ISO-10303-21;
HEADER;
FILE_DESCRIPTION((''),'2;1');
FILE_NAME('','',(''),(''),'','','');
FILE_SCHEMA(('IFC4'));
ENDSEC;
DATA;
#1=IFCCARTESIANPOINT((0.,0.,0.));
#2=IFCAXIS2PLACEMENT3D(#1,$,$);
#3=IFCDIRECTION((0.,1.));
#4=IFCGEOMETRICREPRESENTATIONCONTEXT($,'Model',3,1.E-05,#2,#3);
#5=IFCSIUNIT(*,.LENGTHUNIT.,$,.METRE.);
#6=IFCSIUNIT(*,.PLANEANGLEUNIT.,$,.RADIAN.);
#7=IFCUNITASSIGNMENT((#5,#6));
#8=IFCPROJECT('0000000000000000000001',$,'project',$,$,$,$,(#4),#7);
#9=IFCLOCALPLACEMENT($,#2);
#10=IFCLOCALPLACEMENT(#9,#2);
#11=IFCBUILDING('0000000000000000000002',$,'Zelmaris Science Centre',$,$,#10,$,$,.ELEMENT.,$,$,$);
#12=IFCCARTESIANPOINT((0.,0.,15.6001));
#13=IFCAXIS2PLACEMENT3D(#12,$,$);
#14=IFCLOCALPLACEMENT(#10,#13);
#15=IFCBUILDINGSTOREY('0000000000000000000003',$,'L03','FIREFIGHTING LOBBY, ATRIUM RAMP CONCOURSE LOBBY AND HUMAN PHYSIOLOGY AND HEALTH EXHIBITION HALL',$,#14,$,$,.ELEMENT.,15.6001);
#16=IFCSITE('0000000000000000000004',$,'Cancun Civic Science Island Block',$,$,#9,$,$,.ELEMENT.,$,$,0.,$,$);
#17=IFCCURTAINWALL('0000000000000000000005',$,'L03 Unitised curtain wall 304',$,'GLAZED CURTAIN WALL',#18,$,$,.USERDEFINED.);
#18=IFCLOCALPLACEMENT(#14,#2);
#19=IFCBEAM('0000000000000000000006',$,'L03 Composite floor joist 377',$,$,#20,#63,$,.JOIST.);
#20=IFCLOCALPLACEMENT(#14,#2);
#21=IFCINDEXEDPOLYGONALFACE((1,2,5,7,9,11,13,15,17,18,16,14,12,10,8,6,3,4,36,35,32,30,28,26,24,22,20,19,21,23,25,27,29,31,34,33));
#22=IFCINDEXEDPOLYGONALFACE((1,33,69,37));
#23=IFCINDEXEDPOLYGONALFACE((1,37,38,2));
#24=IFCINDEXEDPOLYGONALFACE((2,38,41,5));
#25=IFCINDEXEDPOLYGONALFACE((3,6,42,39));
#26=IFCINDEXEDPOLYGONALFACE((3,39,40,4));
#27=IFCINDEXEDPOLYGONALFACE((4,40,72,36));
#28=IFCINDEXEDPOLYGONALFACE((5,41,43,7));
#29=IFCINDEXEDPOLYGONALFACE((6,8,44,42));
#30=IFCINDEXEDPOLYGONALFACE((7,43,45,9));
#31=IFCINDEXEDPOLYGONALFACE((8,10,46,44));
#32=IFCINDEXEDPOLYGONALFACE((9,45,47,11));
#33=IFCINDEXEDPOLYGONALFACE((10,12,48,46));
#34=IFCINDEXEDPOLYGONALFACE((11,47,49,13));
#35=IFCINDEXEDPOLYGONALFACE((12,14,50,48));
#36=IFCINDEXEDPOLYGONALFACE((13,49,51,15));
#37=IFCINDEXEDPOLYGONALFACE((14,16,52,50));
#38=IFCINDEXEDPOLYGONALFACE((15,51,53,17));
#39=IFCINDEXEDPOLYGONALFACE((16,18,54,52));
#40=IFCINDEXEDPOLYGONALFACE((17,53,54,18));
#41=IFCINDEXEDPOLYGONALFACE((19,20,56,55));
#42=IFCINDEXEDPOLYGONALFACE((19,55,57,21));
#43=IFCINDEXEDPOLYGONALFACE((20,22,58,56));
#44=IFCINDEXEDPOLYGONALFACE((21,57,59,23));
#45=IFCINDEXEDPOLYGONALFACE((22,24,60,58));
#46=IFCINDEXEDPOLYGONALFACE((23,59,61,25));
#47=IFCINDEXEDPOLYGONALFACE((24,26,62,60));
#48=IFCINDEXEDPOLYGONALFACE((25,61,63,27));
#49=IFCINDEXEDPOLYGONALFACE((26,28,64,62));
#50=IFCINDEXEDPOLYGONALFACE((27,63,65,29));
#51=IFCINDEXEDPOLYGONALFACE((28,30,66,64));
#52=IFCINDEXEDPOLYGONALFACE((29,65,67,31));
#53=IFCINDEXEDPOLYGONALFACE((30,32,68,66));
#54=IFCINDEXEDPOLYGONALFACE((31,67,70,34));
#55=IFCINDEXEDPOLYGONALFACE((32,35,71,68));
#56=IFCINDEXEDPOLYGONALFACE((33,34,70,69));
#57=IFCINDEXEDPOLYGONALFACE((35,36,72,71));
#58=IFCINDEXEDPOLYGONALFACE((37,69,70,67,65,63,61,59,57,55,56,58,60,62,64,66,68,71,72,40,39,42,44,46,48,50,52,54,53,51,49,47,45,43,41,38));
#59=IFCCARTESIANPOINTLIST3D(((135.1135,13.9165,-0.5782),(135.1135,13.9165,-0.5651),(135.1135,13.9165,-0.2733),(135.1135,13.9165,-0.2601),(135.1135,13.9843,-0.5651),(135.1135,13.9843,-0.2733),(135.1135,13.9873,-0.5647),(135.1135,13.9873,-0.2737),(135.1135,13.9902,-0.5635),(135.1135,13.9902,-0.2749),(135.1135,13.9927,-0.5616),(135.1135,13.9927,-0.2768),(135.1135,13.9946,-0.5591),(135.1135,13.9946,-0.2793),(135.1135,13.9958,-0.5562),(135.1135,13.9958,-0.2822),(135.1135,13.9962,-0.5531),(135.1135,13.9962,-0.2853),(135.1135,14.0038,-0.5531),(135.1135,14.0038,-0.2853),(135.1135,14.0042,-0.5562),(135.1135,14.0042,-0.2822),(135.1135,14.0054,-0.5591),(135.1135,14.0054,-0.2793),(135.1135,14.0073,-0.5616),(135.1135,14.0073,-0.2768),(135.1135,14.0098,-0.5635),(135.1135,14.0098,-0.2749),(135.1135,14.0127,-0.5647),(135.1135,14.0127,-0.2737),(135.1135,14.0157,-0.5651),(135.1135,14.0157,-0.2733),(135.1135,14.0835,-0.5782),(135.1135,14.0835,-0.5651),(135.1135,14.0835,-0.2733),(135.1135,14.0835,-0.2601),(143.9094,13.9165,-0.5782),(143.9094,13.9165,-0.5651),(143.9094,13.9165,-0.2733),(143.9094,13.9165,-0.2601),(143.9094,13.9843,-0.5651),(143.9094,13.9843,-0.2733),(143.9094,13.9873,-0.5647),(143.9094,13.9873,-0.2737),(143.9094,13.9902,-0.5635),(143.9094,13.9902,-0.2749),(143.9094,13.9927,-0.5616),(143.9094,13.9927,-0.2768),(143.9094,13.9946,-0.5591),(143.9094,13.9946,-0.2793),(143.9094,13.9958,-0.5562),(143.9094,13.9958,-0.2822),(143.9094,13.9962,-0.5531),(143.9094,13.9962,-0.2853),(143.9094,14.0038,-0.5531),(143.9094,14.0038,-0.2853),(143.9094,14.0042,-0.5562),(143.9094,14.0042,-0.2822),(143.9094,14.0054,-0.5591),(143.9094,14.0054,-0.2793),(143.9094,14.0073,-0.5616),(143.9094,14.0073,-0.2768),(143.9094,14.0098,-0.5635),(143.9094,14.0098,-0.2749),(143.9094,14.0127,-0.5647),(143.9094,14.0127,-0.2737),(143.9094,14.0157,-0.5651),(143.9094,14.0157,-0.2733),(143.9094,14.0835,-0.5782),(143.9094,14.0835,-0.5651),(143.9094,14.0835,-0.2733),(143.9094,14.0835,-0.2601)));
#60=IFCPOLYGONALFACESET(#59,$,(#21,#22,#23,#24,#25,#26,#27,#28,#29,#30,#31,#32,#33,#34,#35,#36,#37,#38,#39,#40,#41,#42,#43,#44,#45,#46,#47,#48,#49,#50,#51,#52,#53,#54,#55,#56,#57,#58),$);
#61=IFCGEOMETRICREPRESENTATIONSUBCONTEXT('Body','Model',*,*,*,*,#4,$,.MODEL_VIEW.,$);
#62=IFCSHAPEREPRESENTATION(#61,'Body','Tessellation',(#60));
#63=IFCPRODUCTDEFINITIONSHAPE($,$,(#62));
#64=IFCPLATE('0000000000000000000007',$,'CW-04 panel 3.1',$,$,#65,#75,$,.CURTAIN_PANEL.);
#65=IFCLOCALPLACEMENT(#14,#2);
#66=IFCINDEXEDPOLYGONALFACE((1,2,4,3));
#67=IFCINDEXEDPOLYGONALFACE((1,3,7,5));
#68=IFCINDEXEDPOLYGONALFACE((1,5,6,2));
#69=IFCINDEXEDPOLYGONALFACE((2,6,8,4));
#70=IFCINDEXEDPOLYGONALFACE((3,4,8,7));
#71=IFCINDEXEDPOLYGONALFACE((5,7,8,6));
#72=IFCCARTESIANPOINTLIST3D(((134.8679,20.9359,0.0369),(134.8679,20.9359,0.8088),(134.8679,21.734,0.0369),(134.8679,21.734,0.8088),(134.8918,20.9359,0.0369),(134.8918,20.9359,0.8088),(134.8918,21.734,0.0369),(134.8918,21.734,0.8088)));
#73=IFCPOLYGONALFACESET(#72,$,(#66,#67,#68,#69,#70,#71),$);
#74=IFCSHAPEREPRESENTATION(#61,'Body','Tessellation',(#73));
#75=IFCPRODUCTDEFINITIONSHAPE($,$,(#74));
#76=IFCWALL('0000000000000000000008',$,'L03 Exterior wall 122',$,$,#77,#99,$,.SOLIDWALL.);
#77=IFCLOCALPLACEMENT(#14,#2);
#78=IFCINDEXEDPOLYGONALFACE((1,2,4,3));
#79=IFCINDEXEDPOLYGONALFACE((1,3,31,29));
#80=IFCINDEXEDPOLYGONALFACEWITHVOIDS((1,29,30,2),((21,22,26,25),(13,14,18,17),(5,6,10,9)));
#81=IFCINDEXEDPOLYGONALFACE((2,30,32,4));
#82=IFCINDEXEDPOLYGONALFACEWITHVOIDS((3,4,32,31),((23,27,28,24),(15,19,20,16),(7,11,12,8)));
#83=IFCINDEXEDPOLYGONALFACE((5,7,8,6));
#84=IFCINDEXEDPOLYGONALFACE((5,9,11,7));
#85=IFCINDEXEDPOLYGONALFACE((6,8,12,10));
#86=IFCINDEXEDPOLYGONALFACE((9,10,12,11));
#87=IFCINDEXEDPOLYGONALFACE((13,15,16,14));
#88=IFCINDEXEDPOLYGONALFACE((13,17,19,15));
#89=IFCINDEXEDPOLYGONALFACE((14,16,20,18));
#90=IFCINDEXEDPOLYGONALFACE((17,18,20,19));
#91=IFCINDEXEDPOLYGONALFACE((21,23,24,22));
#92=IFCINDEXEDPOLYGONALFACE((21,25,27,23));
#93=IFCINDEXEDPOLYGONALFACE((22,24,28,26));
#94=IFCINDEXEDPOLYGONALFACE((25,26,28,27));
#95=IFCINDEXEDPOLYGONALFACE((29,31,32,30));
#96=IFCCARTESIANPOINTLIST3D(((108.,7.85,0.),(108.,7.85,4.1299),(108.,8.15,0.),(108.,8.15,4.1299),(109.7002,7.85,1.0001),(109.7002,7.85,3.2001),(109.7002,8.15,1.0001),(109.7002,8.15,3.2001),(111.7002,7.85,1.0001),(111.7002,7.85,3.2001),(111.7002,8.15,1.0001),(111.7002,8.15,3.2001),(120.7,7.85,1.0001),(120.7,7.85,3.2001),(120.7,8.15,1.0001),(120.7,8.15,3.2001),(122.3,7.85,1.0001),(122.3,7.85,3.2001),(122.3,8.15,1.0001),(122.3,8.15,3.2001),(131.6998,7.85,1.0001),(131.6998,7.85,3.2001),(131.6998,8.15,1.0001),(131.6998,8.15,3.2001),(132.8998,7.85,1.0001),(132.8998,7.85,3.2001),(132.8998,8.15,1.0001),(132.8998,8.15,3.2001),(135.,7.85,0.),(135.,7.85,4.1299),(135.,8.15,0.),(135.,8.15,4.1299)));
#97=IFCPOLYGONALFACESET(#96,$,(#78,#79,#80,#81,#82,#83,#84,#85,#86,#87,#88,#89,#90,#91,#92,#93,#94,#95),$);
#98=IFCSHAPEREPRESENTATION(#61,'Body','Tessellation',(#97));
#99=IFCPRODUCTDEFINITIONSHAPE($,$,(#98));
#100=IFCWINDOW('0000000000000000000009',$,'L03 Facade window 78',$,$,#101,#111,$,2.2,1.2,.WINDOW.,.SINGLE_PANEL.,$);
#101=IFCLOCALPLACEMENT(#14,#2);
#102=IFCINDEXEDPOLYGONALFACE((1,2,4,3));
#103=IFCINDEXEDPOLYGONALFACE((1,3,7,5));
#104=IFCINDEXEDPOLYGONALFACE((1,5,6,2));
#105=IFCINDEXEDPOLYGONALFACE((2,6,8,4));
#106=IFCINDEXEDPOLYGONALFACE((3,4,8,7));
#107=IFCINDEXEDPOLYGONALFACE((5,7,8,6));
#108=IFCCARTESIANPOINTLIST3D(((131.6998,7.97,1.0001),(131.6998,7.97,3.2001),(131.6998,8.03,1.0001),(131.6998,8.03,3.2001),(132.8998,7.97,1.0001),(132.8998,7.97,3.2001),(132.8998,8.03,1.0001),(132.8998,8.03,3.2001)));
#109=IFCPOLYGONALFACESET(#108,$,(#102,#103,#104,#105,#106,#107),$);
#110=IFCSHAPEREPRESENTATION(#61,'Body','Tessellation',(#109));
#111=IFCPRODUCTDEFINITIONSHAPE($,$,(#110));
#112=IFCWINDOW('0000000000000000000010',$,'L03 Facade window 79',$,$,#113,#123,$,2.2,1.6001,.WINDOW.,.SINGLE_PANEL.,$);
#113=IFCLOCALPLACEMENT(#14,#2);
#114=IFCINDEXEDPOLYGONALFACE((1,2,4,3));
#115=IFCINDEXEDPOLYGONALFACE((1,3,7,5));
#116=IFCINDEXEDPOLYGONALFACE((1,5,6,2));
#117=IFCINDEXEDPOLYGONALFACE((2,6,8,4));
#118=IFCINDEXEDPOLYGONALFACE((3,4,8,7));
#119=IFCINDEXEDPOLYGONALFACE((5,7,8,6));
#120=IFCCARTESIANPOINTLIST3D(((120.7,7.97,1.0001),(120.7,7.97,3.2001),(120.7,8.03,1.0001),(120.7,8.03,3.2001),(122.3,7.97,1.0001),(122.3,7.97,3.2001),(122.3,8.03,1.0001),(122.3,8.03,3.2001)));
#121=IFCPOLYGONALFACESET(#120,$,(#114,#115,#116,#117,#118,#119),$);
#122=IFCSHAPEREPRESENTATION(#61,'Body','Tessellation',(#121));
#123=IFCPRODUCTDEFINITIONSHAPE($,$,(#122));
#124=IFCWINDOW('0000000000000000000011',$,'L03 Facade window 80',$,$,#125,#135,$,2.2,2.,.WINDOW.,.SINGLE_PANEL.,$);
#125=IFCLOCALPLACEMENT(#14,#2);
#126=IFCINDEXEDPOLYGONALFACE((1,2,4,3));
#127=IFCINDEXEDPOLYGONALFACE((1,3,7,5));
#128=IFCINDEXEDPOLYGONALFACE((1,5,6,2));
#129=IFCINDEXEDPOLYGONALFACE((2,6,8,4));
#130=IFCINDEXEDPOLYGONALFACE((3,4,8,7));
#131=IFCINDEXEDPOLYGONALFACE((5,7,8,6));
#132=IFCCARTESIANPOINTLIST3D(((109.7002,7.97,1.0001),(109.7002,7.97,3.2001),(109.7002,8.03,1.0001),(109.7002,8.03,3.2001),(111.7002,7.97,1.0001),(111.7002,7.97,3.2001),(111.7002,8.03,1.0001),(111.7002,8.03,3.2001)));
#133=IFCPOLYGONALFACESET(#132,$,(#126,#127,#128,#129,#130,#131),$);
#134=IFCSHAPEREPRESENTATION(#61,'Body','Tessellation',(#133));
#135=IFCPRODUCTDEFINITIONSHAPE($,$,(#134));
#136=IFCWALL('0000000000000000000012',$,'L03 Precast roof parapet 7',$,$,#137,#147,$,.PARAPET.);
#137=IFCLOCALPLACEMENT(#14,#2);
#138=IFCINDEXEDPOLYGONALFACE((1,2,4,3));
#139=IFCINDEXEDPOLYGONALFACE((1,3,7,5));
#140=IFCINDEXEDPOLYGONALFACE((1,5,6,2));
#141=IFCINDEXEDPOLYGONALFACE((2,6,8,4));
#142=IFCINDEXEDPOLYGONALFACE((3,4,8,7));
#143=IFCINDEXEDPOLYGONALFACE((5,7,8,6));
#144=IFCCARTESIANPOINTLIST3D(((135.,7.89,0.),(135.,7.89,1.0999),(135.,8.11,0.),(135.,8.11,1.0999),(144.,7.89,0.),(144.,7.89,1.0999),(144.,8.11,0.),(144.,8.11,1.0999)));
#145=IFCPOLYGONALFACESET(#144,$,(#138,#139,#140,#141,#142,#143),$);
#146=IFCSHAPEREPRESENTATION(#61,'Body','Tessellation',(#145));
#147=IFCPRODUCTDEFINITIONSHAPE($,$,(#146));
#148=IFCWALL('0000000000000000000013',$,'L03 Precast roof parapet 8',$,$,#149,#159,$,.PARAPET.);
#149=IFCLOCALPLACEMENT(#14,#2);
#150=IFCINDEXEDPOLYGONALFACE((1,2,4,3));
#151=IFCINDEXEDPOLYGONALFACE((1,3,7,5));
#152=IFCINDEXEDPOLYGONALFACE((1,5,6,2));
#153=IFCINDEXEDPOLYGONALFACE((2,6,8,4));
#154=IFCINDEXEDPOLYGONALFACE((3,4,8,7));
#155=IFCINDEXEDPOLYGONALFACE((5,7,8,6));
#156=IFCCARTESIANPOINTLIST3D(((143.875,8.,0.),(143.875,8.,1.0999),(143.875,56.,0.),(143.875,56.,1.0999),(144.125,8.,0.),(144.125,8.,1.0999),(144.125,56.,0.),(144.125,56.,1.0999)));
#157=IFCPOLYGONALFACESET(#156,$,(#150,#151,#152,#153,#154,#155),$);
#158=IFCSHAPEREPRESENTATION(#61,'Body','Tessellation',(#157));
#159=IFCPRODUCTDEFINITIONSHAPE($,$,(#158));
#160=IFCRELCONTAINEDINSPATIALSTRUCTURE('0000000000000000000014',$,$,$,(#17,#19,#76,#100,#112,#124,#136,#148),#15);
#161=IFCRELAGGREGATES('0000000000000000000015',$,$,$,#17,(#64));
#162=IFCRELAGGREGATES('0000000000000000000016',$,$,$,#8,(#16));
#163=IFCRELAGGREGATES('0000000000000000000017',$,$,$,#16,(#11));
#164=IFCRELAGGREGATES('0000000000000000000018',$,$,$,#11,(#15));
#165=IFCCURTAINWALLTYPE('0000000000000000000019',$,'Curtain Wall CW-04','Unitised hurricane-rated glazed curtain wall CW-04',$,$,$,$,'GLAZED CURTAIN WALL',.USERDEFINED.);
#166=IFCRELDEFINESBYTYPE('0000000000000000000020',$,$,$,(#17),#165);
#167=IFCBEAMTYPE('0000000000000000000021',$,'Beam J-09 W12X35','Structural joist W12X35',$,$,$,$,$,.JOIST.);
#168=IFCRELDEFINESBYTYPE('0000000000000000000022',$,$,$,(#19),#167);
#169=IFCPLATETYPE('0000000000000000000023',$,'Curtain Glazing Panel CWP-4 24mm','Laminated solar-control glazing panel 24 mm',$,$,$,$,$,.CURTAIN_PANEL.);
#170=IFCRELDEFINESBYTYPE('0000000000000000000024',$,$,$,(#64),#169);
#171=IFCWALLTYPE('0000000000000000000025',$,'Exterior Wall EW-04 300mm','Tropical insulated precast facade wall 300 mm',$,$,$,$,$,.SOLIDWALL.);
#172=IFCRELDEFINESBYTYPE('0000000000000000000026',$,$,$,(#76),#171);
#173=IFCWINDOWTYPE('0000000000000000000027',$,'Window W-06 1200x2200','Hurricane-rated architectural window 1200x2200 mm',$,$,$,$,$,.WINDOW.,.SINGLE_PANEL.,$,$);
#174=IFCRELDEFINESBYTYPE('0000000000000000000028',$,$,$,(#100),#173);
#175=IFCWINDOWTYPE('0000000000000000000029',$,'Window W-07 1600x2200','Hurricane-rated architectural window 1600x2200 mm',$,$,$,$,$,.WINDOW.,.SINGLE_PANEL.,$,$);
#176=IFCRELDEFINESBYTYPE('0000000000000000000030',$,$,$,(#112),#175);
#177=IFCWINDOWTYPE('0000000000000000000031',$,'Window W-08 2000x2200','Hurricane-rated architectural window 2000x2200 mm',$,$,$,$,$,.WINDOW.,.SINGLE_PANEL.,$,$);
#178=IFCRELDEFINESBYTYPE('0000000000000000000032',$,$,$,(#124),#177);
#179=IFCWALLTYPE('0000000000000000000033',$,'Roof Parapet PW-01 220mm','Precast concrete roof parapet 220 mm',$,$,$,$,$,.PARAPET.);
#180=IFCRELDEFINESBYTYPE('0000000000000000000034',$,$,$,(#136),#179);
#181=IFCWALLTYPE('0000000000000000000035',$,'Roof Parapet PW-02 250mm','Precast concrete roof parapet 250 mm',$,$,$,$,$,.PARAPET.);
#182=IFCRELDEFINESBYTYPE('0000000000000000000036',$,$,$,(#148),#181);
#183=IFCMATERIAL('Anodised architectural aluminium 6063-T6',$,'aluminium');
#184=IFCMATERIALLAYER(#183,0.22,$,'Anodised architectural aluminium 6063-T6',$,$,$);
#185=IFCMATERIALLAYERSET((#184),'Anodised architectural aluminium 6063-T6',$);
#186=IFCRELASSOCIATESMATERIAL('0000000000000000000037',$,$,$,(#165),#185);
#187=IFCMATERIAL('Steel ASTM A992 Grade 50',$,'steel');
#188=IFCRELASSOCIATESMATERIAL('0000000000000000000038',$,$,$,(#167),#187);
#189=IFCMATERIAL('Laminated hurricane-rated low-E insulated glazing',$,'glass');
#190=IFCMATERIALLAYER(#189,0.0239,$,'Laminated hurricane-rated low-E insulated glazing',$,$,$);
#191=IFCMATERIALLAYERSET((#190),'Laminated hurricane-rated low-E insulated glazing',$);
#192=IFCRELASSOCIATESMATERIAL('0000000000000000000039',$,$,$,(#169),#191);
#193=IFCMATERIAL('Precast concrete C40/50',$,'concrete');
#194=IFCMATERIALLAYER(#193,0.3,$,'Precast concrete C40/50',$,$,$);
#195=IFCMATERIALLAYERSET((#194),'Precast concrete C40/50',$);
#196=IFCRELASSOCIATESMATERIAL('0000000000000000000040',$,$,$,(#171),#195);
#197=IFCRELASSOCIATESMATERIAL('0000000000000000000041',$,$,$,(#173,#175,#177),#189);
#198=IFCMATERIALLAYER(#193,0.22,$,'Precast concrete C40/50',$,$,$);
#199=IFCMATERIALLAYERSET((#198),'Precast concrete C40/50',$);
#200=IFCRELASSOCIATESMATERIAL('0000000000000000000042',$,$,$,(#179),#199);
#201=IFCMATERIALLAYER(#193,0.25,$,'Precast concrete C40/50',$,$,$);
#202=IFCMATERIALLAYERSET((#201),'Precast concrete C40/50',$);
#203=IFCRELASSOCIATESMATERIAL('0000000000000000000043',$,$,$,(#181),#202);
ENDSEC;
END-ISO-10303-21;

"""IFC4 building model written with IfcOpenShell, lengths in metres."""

from ifc_helpers import new_model, si_unit, direction, frame, frame_2d, origin, origin_2d, place, context, subcontext, project, spatial, rectangle, i_section, extrude, material, layer, layer_set, material_profile, profile_set, type_object, element, fill, aggregate, save


model = new_model("IFC4")

# Units and contexts
model_context = context("Model", 3, precision=1e-05, world=origin(), true_north=direction((0.0, 1.0)))
body_context = subcontext(model_context, "Body", "Model", "MODEL_VIEW")
ifc_project = project(units=[si_unit("LENGTHUNIT", "METRE"), si_unit("PLANEANGLEUNIT", "RADIAN")], contexts=[model_context])

# Site, building, storey
site_placement = place(None, origin())
site = spatial("IfcSite", under=ifc_project, at=site_placement, Name="Cancun Civic Science Island Block", CompositionType="ELEMENT", RefElevation=0.0)
building_placement = place(site_placement, origin())
building = spatial("IfcBuilding", under=site, at=building_placement, Name="Zelmaris Science Centre", CompositionType="ELEMENT")
storey_placement = place(building_placement, frame((0.0, 0.0, 15.6001)))
storey = spatial("IfcBuildingStorey", under=building, at=storey_placement, Name="L03", Description="FIREFIGHTING LOBBY, ATRIUM RAMP CONCOURSE LOBBY AND HUMAN PHYSIOLOGY AND HEALTH EXHIBITION HALL", CompositionType="ELEMENT", Elevation=15.6001)

# Shared definitions
ifc_material_1 = material(Name="Steel ASTM A992 Grade 50", Category="steel")

# Curtain wall
ifc_material_2 = material(Name="Anodised architectural aluminium 6063-T6", Category="aluminium")
ifc_layer_1 = layer(ifc_material_2, 0.22, Name="Anodised architectural aluminium 6063-T6")
ifc_layer_set_1 = layer_set([ifc_layer_1], Name="Anodised architectural aluminium 6063-T6")
curtain_wall_type = type_object("IfcCurtainWallType", Name="Curtain Wall CW-04", Description="Unitised hurricane-rated glazed curtain wall CW-04", ElementType="GLAZED CURTAIN WALL", PredefinedType="USERDEFINED", material=ifc_layer_set_1)
curtain_wall_placement = place(storey_placement, origin())
curtain_wall = element("IfcCurtainWall", 1, at=curtain_wall_placement, inside=storey, type_object=curtain_wall_type, Name="L03 Unitised curtain wall 304", ObjectType="GLAZED CURTAIN WALL", PredefinedType="USERDEFINED")

# Beam
ifc_material_profile_1 = material_profile(ifc_material_1, i_section(OverallWidth=0.167, OverallDepth=0.3181, WebThickness=0.0076, FlangeThickness=0.0132, FilletRadius=0.012, at=origin_2d()), Name="W12X35")
ifc_profile_set_1 = profile_set([ifc_material_profile_1], Name="Steel ASTM A992 Grade 50")
beam_type_1 = type_object("IfcBeamType", Name="Beam J-09 W12X35", Description="Structural joist W12X35", PredefinedType="JOIST", material=ifc_profile_set_1)
beam_1_placement = place(storey_placement, frame((135.1135, 14.0, -0.4192), z_axis=(1.0, 0.0, 0.0), x_axis=(0.0, 1.0, 0.0)))
element("IfcBeam", 2, at=beam_1_placement, inside=storey, type_object=beam_type_1, Name="L03 Composite floor joist 377", PredefinedType="JOIST", context=body_context, shape_type="SweptSolid", body=[
    extrude(i_section(OverallWidth=0.167, OverallDepth=0.3181, WebThickness=0.0076, FlangeThickness=0.0132, FilletRadius=0.012, at=origin_2d()), origin(), (0.0, 0.0, 1.0), 8.7959),
])

# Plate
ifc_material_3 = material(Name="Laminated hurricane-rated low-E insulated glazing", Category="glass")
ifc_layer_2 = layer(ifc_material_3, 0.0239, Name="Laminated hurricane-rated low-E insulated glazing")
ifc_layer_set_2 = layer_set([ifc_layer_2], Name="Laminated hurricane-rated low-E insulated glazing")
plate_type = type_object("IfcPlateType", Name="Curtain Glazing Panel CWP-4 24mm", Description="Laminated solar-control glazing panel 24 mm", PredefinedType="CURTAIN_PANEL", material=ifc_layer_set_2)
plate_placement = place(storey_placement, frame((134.8799, 21.335, 0.0369), z_axis=(0.0, 0.0, 1.0), x_axis=(0.0, -1.0, 0.0)))
plate = element("IfcPlate", 3, at=plate_placement, type_object=plate_type, Name="CW-04 panel 3.1", PredefinedType="CURTAIN_PANEL", context=body_context, shape_type="SweptSolid", body=[
    extrude(rectangle(XDim=0.7981, YDim=0.0239, at=origin_2d()), origin(), (0.0, 0.0, 1.0), 0.772),
])
aggregate(curtain_wall, [plate])

# Wall, openings, windows
ifc_material_4 = material(Name="Precast concrete C40/50", Category="concrete")
ifc_layer_3 = layer(ifc_material_4, 0.3, Name="Precast concrete C40/50")
ifc_layer_set_3 = layer_set([ifc_layer_3], Name="Precast concrete C40/50")
wall_type_1 = type_object("IfcWallType", Name="Exterior Wall EW-04 300mm", Description="Tropical insulated precast facade wall 300 mm", PredefinedType="SOLIDWALL", material=ifc_layer_set_3)
wall_1_placement = place(storey_placement, frame((135.0, 8.0, 0.0), z_axis=(0.0, 0.0, 1.0), x_axis=(-1.0, 0.0, 0.0)))
wall_1 = element("IfcWall", 4, at=wall_1_placement, inside=storey, type_object=wall_type_1, Name="L03 Exterior wall 122", PredefinedType="SOLIDWALL", context=body_context, shape_type="SweptSolid", body=[
    extrude(rectangle(XDim=27.0, YDim=0.3, at=frame_2d((13.5, 0.0))), origin(), (0.0, 0.0, 1.0), 4.1299),
])
opening_1_placement = place(wall_1_placement, frame((2.1001, 0.0, 1.0)))
opening_1 = element("IfcOpeningElement", 5, at=opening_1_placement, cuts=wall_1, PredefinedType="OPENING", context=body_context, shape_type="SweptSolid", body=[
    extrude(rectangle(XDim=1.2, YDim=2.2, at=frame_2d((0.6001, 1.1001))), frame((0.0, 0.1599, 0.0), z_axis=(0.0, -1.0, 0.0), x_axis=(1.0, 0.0, 0.0)), (0.0, 0.0, 1.0), 0.3201),
])
opening_2_placement = place(wall_1_placement, frame((12.7, 0.0, 1.0)))
opening_2 = element("IfcOpeningElement", 6, at=opening_2_placement, cuts=wall_1, PredefinedType="OPENING", context=body_context, shape_type="SweptSolid", body=[
    extrude(rectangle(XDim=1.6001, YDim=2.2, at=frame_2d((0.8, 1.1001))), frame((0.0, 0.1599, 0.0), z_axis=(0.0, -1.0, 0.0), x_axis=(1.0, 0.0, 0.0)), (0.0, 0.0, 1.0), 0.3201),
])
opening_3_placement = place(wall_1_placement, frame((23.2998, 0.0, 1.0)))
opening_3 = element("IfcOpeningElement", 7, at=opening_3_placement, cuts=wall_1, PredefinedType="OPENING", context=body_context, shape_type="SweptSolid", body=[
    extrude(rectangle(XDim=2.0, YDim=2.2, at=frame_2d((1.0, 1.1001))), frame((0.0, 0.1599, 0.0), z_axis=(0.0, -1.0, 0.0), x_axis=(1.0, 0.0, 0.0)), (0.0, 0.0, 1.0), 0.3201),
])
window_type_1 = type_object("IfcWindowType", Name="Window W-06 1200x2200", Description="Hurricane-rated architectural window 1200x2200 mm", PartitioningType="SINGLE_PANEL", PredefinedType="WINDOW", material=ifc_material_3)
window_1_placement = place(opening_1_placement, origin())
window_1 = element("IfcWindow", 8, at=window_1_placement, inside=storey, type_object=window_type_1, Name="L03 Facade window 78", OverallHeight=2.2, OverallWidth=1.2, PartitioningType="SINGLE_PANEL", PredefinedType="WINDOW", context=body_context, shape_type="SweptSolid", body=[
    extrude(rectangle(XDim=1.2, YDim=2.2, at=frame_2d((0.6001, 1.1001))), frame((0.0, 0.03, 0.0), z_axis=(0.0, -1.0, 0.0), x_axis=(1.0, 0.0, 0.0)), (0.0, 0.0, 1.0), 0.0601),
])
fill(opening_1, window_1)
window_type_2 = type_object("IfcWindowType", Name="Window W-07 1600x2200", Description="Hurricane-rated architectural window 1600x2200 mm", PartitioningType="SINGLE_PANEL", PredefinedType="WINDOW", material=ifc_material_3)
window_2_placement = place(opening_2_placement, origin())
window_2 = element("IfcWindow", 9, at=window_2_placement, inside=storey, type_object=window_type_2, Name="L03 Facade window 79", OverallHeight=2.2, OverallWidth=1.6001, PartitioningType="SINGLE_PANEL", PredefinedType="WINDOW", context=body_context, shape_type="SweptSolid", body=[
    extrude(rectangle(XDim=1.6001, YDim=2.2, at=frame_2d((0.8, 1.1001))), frame((0.0, 0.03, 0.0), z_axis=(0.0, -1.0, 0.0), x_axis=(1.0, 0.0, 0.0)), (0.0, 0.0, 1.0), 0.0601),
])
fill(opening_2, window_2)
window_type_3 = type_object("IfcWindowType", Name="Window W-08 2000x2200", Description="Hurricane-rated architectural window 2000x2200 mm", PartitioningType="SINGLE_PANEL", PredefinedType="WINDOW", material=ifc_material_3)
window_3_placement = place(opening_3_placement, origin())
window_3 = element("IfcWindow", 10, at=window_3_placement, inside=storey, type_object=window_type_3, Name="L03 Facade window 80", OverallHeight=2.2, OverallWidth=2.0, PartitioningType="SINGLE_PANEL", PredefinedType="WINDOW", context=body_context, shape_type="SweptSolid", body=[
    extrude(rectangle(XDim=2.0, YDim=2.2, at=frame_2d((1.0, 1.1001))), frame((0.0, 0.03, 0.0), z_axis=(0.0, -1.0, 0.0), x_axis=(1.0, 0.0, 0.0)), (0.0, 0.0, 1.0), 0.0601),
])
fill(opening_3, window_3)

# Walls
ifc_layer_4 = layer(ifc_material_4, 0.22, Name="Precast concrete C40/50")
ifc_layer_set_4 = layer_set([ifc_layer_4], Name="Precast concrete C40/50")
wall_type_2 = type_object("IfcWallType", Name="Roof Parapet PW-01 220mm", Description="Precast concrete roof parapet 220 mm", PredefinedType="PARAPET", material=ifc_layer_set_4)
wall_2_placement = place(storey_placement, frame((135.0, 8.0, 0.0), z_axis=(0.0, 0.0, 1.0), x_axis=(1.0, 0.0, 0.0)))
element("IfcWall", 11, at=wall_2_placement, inside=storey, type_object=wall_type_2, Name="L03 Precast roof parapet 7", PredefinedType="PARAPET", context=body_context, shape_type="SweptSolid", body=[
    extrude(rectangle(XDim=9.0, YDim=0.22, at=frame_2d((4.5, 0.0))), origin(), (0.0, 0.0, 1.0), 1.0999),
])
ifc_layer_5 = layer(ifc_material_4, 0.25, Name="Precast concrete C40/50")
ifc_layer_set_5 = layer_set([ifc_layer_5], Name="Precast concrete C40/50")
wall_type_3 = type_object("IfcWallType", Name="Roof Parapet PW-02 250mm", Description="Precast concrete roof parapet 250 mm", PredefinedType="PARAPET", material=ifc_layer_set_5)
wall_3_placement = place(storey_placement, frame((144.0, 8.0, 0.0), z_axis=(0.0, 0.0, 1.0), x_axis=(0.0, 1.0, 0.0)))
element("IfcWall", 12, at=wall_3_placement, inside=storey, type_object=wall_type_3, Name="L03 Precast roof parapet 8", PredefinedType="PARAPET", context=body_context, shape_type="SweptSolid", body=[
    extrude(rectangle(XDim=48.0, YDim=0.25, at=frame_2d((24.0, 0.0))), origin(), (0.0, 0.0, 1.0), 1.0999),
])

save(model, "model.ifc")
